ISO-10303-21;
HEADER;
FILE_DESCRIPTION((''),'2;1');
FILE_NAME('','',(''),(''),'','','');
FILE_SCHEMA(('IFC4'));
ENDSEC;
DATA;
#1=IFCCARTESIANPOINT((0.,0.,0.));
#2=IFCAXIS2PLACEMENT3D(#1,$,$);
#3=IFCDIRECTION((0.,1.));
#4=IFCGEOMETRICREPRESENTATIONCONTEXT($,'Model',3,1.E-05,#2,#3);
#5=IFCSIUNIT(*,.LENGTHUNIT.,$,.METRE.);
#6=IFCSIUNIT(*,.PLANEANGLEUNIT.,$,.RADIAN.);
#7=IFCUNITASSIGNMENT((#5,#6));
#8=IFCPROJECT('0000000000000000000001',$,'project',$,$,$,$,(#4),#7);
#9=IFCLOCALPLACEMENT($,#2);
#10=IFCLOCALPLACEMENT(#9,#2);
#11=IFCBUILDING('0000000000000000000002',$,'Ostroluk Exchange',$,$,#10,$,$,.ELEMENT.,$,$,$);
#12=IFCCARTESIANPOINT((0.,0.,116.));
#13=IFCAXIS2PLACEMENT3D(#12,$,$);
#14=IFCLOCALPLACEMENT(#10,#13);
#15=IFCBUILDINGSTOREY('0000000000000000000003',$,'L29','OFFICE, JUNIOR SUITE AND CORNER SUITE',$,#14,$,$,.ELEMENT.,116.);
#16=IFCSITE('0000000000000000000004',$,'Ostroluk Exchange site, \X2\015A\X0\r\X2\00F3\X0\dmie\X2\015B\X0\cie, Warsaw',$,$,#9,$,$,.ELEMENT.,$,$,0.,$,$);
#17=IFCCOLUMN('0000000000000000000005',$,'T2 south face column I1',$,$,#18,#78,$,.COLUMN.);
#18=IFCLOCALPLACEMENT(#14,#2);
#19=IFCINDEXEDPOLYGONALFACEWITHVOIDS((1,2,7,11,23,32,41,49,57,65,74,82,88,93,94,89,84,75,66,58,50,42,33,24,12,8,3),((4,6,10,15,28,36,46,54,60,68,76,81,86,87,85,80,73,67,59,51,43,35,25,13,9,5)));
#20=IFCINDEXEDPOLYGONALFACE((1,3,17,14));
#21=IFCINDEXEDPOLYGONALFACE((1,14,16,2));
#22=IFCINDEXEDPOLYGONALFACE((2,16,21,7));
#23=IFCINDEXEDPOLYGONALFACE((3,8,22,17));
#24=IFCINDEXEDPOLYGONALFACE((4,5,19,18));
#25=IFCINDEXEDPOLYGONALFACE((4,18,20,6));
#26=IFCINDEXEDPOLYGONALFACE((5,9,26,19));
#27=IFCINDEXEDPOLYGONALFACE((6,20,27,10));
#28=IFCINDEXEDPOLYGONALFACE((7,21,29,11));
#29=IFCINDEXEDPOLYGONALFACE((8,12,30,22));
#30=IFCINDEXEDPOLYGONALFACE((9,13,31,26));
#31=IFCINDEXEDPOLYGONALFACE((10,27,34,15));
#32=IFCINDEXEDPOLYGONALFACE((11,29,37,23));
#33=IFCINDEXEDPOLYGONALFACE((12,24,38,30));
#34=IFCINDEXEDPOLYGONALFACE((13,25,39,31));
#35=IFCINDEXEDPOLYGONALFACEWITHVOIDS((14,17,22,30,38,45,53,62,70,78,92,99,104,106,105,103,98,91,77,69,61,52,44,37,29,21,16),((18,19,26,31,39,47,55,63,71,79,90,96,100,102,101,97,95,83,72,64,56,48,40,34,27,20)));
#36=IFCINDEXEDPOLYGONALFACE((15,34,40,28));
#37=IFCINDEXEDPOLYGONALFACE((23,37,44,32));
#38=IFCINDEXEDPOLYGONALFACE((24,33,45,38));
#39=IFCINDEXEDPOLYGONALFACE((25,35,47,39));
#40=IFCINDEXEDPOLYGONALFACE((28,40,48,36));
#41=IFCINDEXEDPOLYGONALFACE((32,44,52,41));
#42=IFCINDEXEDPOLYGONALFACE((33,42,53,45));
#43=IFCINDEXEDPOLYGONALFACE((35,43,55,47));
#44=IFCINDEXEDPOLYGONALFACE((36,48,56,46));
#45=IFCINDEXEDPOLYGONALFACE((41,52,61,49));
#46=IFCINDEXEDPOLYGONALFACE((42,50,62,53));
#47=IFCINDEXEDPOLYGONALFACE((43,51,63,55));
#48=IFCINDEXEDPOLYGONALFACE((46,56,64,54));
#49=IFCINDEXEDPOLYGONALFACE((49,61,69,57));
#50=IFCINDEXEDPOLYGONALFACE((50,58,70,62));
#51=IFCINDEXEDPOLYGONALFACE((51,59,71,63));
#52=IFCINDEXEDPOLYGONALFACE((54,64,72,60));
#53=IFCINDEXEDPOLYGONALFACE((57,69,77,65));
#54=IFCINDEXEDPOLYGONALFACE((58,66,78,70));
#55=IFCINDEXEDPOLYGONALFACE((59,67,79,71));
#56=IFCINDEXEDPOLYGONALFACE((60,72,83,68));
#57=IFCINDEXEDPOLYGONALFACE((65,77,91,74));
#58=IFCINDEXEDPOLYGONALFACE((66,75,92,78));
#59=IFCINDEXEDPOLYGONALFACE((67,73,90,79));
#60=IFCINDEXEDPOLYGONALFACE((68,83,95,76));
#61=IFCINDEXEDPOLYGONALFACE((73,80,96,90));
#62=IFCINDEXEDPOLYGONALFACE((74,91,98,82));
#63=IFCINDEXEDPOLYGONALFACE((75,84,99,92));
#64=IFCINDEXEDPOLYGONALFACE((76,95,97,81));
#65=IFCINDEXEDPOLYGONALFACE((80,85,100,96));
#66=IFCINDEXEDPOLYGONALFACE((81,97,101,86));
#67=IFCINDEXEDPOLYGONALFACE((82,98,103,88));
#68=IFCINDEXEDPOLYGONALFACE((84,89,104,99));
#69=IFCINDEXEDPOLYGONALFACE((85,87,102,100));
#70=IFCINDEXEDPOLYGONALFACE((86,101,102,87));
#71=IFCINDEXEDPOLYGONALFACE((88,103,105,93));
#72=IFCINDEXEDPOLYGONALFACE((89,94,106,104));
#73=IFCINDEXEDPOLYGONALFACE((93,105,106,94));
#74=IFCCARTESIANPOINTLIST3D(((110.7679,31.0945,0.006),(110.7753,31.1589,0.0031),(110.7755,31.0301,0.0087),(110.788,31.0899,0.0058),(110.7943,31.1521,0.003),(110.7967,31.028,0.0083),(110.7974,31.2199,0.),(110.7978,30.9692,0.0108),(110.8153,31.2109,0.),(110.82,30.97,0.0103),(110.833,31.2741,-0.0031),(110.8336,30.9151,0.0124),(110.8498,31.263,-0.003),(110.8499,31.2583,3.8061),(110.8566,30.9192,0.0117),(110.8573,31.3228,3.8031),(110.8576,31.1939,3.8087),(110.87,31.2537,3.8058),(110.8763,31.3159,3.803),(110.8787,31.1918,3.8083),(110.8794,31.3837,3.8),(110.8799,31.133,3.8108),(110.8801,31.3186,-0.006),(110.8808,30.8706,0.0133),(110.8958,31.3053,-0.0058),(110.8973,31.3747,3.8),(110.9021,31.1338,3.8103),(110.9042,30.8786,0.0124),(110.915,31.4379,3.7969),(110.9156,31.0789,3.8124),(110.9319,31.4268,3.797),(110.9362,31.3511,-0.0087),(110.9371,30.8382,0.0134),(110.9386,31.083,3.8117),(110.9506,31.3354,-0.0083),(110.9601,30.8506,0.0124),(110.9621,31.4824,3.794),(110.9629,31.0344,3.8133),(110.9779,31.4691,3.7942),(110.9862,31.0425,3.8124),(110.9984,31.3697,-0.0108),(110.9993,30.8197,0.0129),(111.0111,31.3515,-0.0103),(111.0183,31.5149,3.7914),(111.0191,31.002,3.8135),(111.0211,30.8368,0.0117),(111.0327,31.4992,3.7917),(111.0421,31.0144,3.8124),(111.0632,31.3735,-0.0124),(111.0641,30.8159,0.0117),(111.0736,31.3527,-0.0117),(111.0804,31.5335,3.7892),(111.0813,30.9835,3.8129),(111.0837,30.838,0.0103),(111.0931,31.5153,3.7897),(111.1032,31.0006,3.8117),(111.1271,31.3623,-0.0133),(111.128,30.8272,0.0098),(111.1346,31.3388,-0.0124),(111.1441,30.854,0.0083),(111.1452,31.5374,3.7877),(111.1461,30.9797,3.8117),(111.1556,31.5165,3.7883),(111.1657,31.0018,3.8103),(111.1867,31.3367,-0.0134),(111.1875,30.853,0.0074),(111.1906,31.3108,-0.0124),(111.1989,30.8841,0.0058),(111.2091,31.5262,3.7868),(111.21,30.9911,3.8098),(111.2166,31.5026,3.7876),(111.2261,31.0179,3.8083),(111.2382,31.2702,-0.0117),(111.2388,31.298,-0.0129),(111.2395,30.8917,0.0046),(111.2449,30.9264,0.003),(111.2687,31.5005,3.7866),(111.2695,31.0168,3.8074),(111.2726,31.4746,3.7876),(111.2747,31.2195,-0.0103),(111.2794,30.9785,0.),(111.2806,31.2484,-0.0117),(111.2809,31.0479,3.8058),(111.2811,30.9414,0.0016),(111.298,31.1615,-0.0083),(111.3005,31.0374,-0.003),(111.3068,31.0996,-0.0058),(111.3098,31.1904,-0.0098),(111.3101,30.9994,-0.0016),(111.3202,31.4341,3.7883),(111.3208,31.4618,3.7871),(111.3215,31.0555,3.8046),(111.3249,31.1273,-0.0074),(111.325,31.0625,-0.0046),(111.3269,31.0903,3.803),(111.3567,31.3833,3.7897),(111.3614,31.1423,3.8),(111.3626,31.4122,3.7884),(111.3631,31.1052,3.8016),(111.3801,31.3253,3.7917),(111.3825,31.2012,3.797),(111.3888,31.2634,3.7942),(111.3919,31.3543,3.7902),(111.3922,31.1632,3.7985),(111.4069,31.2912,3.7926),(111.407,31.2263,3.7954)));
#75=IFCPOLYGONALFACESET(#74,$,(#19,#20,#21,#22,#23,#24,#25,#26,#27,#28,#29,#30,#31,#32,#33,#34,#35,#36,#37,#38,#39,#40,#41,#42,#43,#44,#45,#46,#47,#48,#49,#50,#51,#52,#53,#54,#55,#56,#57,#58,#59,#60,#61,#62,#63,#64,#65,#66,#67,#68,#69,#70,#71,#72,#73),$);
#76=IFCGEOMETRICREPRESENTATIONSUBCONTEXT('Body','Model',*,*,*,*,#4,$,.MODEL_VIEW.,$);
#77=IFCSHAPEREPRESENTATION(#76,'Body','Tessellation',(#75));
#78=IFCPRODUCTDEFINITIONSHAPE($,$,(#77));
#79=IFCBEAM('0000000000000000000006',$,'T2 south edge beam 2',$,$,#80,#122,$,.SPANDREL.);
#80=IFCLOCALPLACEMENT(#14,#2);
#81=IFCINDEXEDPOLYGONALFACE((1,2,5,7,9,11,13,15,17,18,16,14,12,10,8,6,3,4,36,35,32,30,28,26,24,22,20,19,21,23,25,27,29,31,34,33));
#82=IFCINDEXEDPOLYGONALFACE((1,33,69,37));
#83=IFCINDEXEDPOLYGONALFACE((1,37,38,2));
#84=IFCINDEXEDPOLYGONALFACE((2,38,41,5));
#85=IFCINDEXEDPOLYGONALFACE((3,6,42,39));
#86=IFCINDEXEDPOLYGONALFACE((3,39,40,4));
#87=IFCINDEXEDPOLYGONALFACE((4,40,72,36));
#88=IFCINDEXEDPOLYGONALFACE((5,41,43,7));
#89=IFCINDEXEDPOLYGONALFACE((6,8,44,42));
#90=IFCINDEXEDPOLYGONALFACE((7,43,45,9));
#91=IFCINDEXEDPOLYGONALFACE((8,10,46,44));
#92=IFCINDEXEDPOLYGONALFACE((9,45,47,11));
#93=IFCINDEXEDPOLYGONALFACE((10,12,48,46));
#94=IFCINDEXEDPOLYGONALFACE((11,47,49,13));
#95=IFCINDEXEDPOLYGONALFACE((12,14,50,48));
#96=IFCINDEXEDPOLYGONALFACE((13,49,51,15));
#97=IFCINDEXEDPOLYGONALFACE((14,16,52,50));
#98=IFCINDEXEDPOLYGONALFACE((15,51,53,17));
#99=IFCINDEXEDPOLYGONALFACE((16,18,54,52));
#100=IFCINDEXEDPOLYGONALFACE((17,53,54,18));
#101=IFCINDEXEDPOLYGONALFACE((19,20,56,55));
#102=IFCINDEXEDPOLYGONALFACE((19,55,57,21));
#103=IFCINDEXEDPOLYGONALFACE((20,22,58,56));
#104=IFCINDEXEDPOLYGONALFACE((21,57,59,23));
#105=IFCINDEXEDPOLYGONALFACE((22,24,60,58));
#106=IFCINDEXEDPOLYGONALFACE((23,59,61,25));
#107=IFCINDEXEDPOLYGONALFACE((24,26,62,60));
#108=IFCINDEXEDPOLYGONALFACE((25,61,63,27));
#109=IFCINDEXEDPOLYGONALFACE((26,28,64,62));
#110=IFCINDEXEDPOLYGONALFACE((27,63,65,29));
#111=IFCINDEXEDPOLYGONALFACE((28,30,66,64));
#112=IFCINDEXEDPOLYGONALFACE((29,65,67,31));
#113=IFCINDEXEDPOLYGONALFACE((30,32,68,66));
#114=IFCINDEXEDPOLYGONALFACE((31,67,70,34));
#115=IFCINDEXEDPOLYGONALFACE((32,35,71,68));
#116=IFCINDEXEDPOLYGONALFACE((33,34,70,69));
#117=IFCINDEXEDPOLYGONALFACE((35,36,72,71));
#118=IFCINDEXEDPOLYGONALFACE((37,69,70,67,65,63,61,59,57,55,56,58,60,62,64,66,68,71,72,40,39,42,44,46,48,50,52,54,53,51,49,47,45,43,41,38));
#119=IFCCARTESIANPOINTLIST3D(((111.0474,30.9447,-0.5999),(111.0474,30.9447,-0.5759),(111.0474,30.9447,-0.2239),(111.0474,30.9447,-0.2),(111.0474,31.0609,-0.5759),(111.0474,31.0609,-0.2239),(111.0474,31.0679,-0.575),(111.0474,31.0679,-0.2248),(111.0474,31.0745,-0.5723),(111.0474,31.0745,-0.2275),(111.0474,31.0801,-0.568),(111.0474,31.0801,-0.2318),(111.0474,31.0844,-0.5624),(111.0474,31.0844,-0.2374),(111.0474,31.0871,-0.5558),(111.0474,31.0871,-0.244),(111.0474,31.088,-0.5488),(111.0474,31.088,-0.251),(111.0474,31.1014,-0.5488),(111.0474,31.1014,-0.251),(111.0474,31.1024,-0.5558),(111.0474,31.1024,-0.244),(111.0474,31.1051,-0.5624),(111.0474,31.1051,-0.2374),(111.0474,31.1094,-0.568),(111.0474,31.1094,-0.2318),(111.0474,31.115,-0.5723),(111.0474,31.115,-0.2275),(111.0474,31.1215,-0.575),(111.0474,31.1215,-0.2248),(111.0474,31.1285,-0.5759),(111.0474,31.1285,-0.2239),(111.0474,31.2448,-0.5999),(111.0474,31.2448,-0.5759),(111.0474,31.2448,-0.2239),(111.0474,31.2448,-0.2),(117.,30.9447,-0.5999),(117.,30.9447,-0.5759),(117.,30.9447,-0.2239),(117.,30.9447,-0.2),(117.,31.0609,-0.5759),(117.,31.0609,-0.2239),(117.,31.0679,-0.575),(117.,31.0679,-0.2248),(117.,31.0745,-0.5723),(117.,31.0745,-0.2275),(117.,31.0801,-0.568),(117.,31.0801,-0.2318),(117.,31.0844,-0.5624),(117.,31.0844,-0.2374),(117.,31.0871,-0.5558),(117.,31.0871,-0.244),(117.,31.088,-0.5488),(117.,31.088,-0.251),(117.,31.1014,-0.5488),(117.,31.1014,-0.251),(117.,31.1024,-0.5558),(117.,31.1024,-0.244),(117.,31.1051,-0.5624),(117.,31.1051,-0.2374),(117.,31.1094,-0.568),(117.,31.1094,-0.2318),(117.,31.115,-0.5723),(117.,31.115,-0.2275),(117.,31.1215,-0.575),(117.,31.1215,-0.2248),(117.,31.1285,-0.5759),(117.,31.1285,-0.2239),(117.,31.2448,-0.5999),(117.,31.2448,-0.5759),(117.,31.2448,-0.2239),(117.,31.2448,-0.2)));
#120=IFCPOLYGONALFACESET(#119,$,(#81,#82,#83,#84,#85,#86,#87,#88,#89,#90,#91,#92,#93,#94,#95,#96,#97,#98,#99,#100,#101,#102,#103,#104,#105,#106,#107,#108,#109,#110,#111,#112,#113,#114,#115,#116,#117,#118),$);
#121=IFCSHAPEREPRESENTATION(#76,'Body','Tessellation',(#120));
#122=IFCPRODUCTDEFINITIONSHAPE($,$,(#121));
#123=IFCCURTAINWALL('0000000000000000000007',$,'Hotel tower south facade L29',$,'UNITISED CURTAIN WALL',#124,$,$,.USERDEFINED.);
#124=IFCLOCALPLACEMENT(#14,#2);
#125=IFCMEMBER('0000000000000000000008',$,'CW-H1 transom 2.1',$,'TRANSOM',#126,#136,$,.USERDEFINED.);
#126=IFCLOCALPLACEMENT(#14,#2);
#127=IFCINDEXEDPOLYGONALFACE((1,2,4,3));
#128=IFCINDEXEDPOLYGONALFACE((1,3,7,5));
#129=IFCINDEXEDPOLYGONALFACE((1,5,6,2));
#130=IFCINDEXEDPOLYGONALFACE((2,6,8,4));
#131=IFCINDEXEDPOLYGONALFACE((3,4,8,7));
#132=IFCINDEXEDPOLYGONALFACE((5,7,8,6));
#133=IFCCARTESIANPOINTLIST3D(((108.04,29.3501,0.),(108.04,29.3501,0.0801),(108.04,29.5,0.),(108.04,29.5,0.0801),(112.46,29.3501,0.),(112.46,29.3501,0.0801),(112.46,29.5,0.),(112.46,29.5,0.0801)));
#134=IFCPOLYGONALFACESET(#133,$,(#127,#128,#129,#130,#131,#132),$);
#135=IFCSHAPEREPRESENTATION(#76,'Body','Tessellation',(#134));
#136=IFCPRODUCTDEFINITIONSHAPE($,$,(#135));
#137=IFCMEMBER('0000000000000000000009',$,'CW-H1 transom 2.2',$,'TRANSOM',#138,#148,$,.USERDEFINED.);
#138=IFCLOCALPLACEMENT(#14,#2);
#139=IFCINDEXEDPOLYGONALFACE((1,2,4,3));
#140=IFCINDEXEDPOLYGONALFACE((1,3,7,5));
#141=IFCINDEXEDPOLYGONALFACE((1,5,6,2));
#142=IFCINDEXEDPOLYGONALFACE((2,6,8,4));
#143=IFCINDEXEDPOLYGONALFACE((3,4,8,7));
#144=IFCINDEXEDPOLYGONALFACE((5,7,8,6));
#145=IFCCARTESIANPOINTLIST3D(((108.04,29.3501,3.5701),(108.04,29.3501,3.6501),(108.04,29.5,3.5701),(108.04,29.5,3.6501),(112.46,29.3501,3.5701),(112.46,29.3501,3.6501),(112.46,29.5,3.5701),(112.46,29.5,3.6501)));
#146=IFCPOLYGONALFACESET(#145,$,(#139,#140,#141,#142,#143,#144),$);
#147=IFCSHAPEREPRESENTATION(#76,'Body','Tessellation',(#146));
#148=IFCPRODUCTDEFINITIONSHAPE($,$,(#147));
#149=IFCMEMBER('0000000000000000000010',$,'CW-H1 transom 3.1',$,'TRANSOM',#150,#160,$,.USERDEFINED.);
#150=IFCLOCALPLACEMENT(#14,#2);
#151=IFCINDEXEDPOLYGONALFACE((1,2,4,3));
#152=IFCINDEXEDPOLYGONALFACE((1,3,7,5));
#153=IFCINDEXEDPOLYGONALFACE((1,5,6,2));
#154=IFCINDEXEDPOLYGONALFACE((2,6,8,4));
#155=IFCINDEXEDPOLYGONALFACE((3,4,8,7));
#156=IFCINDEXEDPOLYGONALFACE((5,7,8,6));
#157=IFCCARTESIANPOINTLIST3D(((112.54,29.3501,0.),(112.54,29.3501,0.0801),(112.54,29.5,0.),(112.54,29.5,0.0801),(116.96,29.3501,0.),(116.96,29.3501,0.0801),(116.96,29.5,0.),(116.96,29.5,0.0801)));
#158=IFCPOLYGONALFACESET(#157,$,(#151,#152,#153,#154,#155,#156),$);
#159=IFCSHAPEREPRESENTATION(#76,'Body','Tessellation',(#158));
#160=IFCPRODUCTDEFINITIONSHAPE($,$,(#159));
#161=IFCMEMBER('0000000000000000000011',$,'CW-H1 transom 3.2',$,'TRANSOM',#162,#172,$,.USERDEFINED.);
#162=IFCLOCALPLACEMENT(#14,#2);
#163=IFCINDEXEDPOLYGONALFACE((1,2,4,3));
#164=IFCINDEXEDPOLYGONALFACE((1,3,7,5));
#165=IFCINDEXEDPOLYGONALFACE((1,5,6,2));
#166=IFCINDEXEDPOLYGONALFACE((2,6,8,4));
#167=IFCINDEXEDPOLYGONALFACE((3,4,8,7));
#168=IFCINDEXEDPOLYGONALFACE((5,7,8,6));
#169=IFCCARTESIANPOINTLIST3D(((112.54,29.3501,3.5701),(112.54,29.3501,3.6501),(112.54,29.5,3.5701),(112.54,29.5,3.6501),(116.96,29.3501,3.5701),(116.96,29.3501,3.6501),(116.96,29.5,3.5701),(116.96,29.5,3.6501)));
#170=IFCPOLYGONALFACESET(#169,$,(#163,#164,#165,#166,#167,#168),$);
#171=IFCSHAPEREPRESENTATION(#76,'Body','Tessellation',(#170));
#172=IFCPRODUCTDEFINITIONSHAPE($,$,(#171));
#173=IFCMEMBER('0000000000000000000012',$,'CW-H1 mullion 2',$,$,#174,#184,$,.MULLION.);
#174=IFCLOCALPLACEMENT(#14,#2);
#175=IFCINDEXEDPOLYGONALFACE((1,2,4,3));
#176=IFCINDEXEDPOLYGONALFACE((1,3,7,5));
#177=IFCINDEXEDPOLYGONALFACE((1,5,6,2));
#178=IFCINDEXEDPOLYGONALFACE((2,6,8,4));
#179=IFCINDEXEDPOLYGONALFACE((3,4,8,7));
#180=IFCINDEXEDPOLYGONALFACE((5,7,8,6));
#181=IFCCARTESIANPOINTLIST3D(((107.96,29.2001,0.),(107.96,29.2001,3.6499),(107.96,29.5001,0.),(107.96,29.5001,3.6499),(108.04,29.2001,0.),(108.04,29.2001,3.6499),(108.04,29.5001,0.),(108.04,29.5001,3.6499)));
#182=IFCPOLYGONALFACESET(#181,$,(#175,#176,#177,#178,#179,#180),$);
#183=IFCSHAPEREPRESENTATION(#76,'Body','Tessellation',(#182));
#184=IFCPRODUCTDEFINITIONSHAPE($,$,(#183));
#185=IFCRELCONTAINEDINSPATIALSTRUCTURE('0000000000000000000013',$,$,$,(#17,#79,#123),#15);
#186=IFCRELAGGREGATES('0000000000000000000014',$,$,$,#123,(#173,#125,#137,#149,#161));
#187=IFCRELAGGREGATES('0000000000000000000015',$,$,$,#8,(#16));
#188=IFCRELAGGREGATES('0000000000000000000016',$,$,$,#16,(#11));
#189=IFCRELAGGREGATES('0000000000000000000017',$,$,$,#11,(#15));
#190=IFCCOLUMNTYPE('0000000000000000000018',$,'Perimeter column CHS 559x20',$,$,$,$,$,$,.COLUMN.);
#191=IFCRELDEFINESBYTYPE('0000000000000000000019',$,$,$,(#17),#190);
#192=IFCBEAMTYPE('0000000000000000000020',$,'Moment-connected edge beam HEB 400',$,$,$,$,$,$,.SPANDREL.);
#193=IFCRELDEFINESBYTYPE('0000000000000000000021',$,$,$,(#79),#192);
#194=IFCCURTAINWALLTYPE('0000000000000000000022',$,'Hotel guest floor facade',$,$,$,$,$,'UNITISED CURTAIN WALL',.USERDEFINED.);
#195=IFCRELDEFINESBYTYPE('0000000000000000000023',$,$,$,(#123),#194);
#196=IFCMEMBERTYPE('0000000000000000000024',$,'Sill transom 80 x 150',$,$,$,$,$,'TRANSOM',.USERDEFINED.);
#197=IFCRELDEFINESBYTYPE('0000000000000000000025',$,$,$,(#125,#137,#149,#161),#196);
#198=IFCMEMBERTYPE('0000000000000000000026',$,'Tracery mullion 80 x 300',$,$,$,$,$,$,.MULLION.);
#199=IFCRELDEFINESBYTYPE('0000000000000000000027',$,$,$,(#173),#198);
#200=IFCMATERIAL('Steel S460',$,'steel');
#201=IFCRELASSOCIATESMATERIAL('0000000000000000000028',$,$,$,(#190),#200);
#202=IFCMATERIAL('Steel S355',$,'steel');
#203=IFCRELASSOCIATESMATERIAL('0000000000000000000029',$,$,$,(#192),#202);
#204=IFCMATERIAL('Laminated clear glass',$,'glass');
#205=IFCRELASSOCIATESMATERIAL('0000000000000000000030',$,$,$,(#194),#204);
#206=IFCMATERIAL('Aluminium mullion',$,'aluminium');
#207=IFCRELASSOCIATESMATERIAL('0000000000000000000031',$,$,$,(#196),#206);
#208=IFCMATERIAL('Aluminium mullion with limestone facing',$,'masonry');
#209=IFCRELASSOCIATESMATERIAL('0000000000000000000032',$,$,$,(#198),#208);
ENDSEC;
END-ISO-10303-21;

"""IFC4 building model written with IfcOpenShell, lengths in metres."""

from ifc_helpers import new_model, si_unit, direction, frame, origin, origin_2d, place, context, subcontext, project, spatial, rectangle, hollow_circle, i_section, extrude, material, material_profile, profile_set, type_object, element, aggregate, save


model = new_model("IFC4")

# Units and contexts
model_context = context("Model", 3, precision=1e-05, world=origin(), true_north=direction((0.0, 1.0)))
body_context = subcontext(model_context, "Body", "Model", "MODEL_VIEW")
ifc_project = project(units=[si_unit("LENGTHUNIT", "METRE"), si_unit("PLANEANGLEUNIT", "RADIAN")], contexts=[model_context])

# Site, building, storey
site_placement = place(None, origin())
site = spatial("IfcSite", under=ifc_project, at=site_placement, Name="Ostroluk Exchange site, Śródmieście, Warsaw", CompositionType="ELEMENT", RefElevation=0.0)
building_placement = place(site_placement, origin())
building = spatial("IfcBuilding", under=site, at=building_placement, Name="Ostroluk Exchange", CompositionType="ELEMENT")
storey_placement = place(building_placement, frame((0.0, 0.0, 116.0)))
storey = spatial("IfcBuildingStorey", under=building, at=storey_placement, Name="L29", Description="OFFICE, JUNIOR SUITE AND CORNER SUITE", CompositionType="ELEMENT", Elevation=116.0)

# Column
ifc_material_1 = material(Name="Steel S460", Category="steel")
ifc_material_profile_1 = material_profile(ifc_material_1, hollow_circle(Radius=0.2795, WallThickness=0.02, at=origin_2d()), Name="CHS 559x20")
ifc_profile_set_1 = profile_set([ifc_material_profile_1], Name="Steel S460")
column_type = type_object("IfcColumnType", Name="Perimeter column CHS 559x20", PredefinedType="COLUMN", material=ifc_profile_set_1)
column_placement = place(storey_placement, frame((111.0474, 31.0947, 0.0), z_axis=(0.021562, 0.04306, 0.99884), x_axis=(-0.894161, 0.447747, 0.0)))
element("IfcColumn", 1, at=column_placement, inside=storey, type_object=column_type, Name="T2 south face column I1", PredefinedType="COLUMN", context=body_context, shape_type="SweptSolid", body=[
    extrude(hollow_circle(Radius=0.2795, WallThickness=0.02, at=origin_2d()), origin(), (0.0, 0.0, 1.0), 3.8044),
])

# Beam
ifc_material_2 = material(Name="Steel S355", Category="steel")
ifc_material_profile_2 = material_profile(ifc_material_2, i_section(OverallWidth=0.3, OverallDepth=0.3999, WebThickness=0.0134, FlangeThickness=0.0239, FilletRadius=0.0271, at=origin_2d()), Name="HEB 400")
ifc_profile_set_2 = profile_set([ifc_material_profile_2], Name="Steel S355")
beam_type = type_object("IfcBeamType", Name="Moment-connected edge beam HEB 400", PredefinedType="SPANDREL", material=ifc_profile_set_2)
beam_placement = place(storey_placement, frame((111.0474, 31.0947, -0.3999), z_axis=(1.0, 0.0, 0.0), x_axis=(0.0, 1.0, 0.0)))
element("IfcBeam", 2, at=beam_placement, inside=storey, type_object=beam_type, Name="T2 south edge beam 2", PredefinedType="SPANDREL", context=body_context, shape_type="SweptSolid", body=[
    extrude(i_section(OverallWidth=0.3, OverallDepth=0.3999, WebThickness=0.0134, FlangeThickness=0.0239, FilletRadius=0.0271, at=origin_2d()), origin(), (0.0, 0.0, 1.0), 5.9526),
])

# Curtain wall, members
ifc_material_3 = material(Name="Laminated clear glass", Category="glass")
curtain_wall_type = type_object("IfcCurtainWallType", Name="Hotel guest floor facade", ElementType="UNITISED CURTAIN WALL", PredefinedType="USERDEFINED", material=ifc_material_3)
curtain_wall_placement = place(storey_placement, origin())
curtain_wall = element("IfcCurtainWall", 3, at=curtain_wall_placement, inside=storey, type_object=curtain_wall_type, Name="Hotel tower south facade L29", ObjectType="UNITISED CURTAIN WALL", PredefinedType="USERDEFINED")
ifc_material_4 = material(Name="Aluminium mullion", Category="aluminium")
ifc_material_profile_3 = material_profile(ifc_material_4, rectangle(XDim=0.1499, YDim=0.0801, at=origin_2d()), Name="Sill transom 80 x 150")
ifc_profile_set_3 = profile_set([ifc_material_profile_3], Name="Aluminium mullion")
member_type_1 = type_object("IfcMemberType", Name="Sill transom 80 x 150", ElementType="TRANSOM", PredefinedType="USERDEFINED", material=ifc_profile_set_3)
member_1_placement = place(storey_placement, frame((108.04, 29.425, 0.04), z_axis=(1.0, 0.0, 0.0), x_axis=(0.0, 1.0, 0.0)))
member_1 = element("IfcMember", 4, at=member_1_placement, type_object=member_type_1, Name="CW-H1 transom 2.1", ObjectType="TRANSOM", PredefinedType="USERDEFINED", context=body_context, shape_type="SweptSolid", body=[
    extrude(rectangle(XDim=0.1499, YDim=0.0801, at=origin_2d()), origin(), (0.0, 0.0, 1.0), 4.4199),
])
member_2_placement = place(storey_placement, frame((108.04, 29.425, 3.6101), z_axis=(1.0, 0.0, 0.0), x_axis=(0.0, 1.0, 0.0)))
member_2 = element("IfcMember", 5, at=member_2_placement, type_object=member_type_1, Name="CW-H1 transom 2.2", ObjectType="TRANSOM", PredefinedType="USERDEFINED", context=body_context, shape_type="SweptSolid", body=[
    extrude(rectangle(XDim=0.1499, YDim=0.0801, at=origin_2d()), origin(), (0.0, 0.0, 1.0), 4.4199),
])
member_3_placement = place(storey_placement, frame((112.54, 29.425, 0.04), z_axis=(1.0, 0.0, 0.0), x_axis=(0.0, 1.0, 0.0)))
member_3 = element("IfcMember", 6, at=member_3_placement, type_object=member_type_1, Name="CW-H1 transom 3.1", ObjectType="TRANSOM", PredefinedType="USERDEFINED", context=body_context, shape_type="SweptSolid", body=[
    extrude(rectangle(XDim=0.1499, YDim=0.0801, at=origin_2d()), origin(), (0.0, 0.0, 1.0), 4.4199),
])
member_4_placement = place(storey_placement, frame((112.54, 29.425, 3.6101), z_axis=(1.0, 0.0, 0.0), x_axis=(0.0, 1.0, 0.0)))
member_4 = element("IfcMember", 7, at=member_4_placement, type_object=member_type_1, Name="CW-H1 transom 3.2", ObjectType="TRANSOM", PredefinedType="USERDEFINED", context=body_context, shape_type="SweptSolid", body=[
    extrude(rectangle(XDim=0.1499, YDim=0.0801, at=origin_2d()), origin(), (0.0, 0.0, 1.0), 4.4199),
])
ifc_material_5 = material(Name="Aluminium mullion with limestone facing", Category="masonry")
ifc_material_profile_4 = material_profile(ifc_material_5, rectangle(XDim=0.3, YDim=0.0801, at=origin_2d()), Name="Tracery mullion 80 x 300")
ifc_profile_set_4 = profile_set([ifc_material_profile_4], Name="Aluminium mullion with limestone facing")
member_type_2 = type_object("IfcMemberType", Name="Tracery mullion 80 x 300", PredefinedType="MULLION", material=ifc_profile_set_4)
member_5_placement = place(storey_placement, frame((108.0, 29.3501, 0.0), z_axis=(0.0, 0.0, 1.0), x_axis=(0.0, 1.0, 0.0)))
member_5 = element("IfcMember", 8, at=member_5_placement, type_object=member_type_2, Name="CW-H1 mullion 2", PredefinedType="MULLION", context=body_context, shape_type="SweptSolid", body=[
    extrude(rectangle(XDim=0.3, YDim=0.0801, at=origin_2d()), origin(), (0.0, 0.0, 1.0), 3.6499),
])
aggregate(curtain_wall, [member_5, member_1, member_2, member_3, member_4])

save(model, "model.ifc")
